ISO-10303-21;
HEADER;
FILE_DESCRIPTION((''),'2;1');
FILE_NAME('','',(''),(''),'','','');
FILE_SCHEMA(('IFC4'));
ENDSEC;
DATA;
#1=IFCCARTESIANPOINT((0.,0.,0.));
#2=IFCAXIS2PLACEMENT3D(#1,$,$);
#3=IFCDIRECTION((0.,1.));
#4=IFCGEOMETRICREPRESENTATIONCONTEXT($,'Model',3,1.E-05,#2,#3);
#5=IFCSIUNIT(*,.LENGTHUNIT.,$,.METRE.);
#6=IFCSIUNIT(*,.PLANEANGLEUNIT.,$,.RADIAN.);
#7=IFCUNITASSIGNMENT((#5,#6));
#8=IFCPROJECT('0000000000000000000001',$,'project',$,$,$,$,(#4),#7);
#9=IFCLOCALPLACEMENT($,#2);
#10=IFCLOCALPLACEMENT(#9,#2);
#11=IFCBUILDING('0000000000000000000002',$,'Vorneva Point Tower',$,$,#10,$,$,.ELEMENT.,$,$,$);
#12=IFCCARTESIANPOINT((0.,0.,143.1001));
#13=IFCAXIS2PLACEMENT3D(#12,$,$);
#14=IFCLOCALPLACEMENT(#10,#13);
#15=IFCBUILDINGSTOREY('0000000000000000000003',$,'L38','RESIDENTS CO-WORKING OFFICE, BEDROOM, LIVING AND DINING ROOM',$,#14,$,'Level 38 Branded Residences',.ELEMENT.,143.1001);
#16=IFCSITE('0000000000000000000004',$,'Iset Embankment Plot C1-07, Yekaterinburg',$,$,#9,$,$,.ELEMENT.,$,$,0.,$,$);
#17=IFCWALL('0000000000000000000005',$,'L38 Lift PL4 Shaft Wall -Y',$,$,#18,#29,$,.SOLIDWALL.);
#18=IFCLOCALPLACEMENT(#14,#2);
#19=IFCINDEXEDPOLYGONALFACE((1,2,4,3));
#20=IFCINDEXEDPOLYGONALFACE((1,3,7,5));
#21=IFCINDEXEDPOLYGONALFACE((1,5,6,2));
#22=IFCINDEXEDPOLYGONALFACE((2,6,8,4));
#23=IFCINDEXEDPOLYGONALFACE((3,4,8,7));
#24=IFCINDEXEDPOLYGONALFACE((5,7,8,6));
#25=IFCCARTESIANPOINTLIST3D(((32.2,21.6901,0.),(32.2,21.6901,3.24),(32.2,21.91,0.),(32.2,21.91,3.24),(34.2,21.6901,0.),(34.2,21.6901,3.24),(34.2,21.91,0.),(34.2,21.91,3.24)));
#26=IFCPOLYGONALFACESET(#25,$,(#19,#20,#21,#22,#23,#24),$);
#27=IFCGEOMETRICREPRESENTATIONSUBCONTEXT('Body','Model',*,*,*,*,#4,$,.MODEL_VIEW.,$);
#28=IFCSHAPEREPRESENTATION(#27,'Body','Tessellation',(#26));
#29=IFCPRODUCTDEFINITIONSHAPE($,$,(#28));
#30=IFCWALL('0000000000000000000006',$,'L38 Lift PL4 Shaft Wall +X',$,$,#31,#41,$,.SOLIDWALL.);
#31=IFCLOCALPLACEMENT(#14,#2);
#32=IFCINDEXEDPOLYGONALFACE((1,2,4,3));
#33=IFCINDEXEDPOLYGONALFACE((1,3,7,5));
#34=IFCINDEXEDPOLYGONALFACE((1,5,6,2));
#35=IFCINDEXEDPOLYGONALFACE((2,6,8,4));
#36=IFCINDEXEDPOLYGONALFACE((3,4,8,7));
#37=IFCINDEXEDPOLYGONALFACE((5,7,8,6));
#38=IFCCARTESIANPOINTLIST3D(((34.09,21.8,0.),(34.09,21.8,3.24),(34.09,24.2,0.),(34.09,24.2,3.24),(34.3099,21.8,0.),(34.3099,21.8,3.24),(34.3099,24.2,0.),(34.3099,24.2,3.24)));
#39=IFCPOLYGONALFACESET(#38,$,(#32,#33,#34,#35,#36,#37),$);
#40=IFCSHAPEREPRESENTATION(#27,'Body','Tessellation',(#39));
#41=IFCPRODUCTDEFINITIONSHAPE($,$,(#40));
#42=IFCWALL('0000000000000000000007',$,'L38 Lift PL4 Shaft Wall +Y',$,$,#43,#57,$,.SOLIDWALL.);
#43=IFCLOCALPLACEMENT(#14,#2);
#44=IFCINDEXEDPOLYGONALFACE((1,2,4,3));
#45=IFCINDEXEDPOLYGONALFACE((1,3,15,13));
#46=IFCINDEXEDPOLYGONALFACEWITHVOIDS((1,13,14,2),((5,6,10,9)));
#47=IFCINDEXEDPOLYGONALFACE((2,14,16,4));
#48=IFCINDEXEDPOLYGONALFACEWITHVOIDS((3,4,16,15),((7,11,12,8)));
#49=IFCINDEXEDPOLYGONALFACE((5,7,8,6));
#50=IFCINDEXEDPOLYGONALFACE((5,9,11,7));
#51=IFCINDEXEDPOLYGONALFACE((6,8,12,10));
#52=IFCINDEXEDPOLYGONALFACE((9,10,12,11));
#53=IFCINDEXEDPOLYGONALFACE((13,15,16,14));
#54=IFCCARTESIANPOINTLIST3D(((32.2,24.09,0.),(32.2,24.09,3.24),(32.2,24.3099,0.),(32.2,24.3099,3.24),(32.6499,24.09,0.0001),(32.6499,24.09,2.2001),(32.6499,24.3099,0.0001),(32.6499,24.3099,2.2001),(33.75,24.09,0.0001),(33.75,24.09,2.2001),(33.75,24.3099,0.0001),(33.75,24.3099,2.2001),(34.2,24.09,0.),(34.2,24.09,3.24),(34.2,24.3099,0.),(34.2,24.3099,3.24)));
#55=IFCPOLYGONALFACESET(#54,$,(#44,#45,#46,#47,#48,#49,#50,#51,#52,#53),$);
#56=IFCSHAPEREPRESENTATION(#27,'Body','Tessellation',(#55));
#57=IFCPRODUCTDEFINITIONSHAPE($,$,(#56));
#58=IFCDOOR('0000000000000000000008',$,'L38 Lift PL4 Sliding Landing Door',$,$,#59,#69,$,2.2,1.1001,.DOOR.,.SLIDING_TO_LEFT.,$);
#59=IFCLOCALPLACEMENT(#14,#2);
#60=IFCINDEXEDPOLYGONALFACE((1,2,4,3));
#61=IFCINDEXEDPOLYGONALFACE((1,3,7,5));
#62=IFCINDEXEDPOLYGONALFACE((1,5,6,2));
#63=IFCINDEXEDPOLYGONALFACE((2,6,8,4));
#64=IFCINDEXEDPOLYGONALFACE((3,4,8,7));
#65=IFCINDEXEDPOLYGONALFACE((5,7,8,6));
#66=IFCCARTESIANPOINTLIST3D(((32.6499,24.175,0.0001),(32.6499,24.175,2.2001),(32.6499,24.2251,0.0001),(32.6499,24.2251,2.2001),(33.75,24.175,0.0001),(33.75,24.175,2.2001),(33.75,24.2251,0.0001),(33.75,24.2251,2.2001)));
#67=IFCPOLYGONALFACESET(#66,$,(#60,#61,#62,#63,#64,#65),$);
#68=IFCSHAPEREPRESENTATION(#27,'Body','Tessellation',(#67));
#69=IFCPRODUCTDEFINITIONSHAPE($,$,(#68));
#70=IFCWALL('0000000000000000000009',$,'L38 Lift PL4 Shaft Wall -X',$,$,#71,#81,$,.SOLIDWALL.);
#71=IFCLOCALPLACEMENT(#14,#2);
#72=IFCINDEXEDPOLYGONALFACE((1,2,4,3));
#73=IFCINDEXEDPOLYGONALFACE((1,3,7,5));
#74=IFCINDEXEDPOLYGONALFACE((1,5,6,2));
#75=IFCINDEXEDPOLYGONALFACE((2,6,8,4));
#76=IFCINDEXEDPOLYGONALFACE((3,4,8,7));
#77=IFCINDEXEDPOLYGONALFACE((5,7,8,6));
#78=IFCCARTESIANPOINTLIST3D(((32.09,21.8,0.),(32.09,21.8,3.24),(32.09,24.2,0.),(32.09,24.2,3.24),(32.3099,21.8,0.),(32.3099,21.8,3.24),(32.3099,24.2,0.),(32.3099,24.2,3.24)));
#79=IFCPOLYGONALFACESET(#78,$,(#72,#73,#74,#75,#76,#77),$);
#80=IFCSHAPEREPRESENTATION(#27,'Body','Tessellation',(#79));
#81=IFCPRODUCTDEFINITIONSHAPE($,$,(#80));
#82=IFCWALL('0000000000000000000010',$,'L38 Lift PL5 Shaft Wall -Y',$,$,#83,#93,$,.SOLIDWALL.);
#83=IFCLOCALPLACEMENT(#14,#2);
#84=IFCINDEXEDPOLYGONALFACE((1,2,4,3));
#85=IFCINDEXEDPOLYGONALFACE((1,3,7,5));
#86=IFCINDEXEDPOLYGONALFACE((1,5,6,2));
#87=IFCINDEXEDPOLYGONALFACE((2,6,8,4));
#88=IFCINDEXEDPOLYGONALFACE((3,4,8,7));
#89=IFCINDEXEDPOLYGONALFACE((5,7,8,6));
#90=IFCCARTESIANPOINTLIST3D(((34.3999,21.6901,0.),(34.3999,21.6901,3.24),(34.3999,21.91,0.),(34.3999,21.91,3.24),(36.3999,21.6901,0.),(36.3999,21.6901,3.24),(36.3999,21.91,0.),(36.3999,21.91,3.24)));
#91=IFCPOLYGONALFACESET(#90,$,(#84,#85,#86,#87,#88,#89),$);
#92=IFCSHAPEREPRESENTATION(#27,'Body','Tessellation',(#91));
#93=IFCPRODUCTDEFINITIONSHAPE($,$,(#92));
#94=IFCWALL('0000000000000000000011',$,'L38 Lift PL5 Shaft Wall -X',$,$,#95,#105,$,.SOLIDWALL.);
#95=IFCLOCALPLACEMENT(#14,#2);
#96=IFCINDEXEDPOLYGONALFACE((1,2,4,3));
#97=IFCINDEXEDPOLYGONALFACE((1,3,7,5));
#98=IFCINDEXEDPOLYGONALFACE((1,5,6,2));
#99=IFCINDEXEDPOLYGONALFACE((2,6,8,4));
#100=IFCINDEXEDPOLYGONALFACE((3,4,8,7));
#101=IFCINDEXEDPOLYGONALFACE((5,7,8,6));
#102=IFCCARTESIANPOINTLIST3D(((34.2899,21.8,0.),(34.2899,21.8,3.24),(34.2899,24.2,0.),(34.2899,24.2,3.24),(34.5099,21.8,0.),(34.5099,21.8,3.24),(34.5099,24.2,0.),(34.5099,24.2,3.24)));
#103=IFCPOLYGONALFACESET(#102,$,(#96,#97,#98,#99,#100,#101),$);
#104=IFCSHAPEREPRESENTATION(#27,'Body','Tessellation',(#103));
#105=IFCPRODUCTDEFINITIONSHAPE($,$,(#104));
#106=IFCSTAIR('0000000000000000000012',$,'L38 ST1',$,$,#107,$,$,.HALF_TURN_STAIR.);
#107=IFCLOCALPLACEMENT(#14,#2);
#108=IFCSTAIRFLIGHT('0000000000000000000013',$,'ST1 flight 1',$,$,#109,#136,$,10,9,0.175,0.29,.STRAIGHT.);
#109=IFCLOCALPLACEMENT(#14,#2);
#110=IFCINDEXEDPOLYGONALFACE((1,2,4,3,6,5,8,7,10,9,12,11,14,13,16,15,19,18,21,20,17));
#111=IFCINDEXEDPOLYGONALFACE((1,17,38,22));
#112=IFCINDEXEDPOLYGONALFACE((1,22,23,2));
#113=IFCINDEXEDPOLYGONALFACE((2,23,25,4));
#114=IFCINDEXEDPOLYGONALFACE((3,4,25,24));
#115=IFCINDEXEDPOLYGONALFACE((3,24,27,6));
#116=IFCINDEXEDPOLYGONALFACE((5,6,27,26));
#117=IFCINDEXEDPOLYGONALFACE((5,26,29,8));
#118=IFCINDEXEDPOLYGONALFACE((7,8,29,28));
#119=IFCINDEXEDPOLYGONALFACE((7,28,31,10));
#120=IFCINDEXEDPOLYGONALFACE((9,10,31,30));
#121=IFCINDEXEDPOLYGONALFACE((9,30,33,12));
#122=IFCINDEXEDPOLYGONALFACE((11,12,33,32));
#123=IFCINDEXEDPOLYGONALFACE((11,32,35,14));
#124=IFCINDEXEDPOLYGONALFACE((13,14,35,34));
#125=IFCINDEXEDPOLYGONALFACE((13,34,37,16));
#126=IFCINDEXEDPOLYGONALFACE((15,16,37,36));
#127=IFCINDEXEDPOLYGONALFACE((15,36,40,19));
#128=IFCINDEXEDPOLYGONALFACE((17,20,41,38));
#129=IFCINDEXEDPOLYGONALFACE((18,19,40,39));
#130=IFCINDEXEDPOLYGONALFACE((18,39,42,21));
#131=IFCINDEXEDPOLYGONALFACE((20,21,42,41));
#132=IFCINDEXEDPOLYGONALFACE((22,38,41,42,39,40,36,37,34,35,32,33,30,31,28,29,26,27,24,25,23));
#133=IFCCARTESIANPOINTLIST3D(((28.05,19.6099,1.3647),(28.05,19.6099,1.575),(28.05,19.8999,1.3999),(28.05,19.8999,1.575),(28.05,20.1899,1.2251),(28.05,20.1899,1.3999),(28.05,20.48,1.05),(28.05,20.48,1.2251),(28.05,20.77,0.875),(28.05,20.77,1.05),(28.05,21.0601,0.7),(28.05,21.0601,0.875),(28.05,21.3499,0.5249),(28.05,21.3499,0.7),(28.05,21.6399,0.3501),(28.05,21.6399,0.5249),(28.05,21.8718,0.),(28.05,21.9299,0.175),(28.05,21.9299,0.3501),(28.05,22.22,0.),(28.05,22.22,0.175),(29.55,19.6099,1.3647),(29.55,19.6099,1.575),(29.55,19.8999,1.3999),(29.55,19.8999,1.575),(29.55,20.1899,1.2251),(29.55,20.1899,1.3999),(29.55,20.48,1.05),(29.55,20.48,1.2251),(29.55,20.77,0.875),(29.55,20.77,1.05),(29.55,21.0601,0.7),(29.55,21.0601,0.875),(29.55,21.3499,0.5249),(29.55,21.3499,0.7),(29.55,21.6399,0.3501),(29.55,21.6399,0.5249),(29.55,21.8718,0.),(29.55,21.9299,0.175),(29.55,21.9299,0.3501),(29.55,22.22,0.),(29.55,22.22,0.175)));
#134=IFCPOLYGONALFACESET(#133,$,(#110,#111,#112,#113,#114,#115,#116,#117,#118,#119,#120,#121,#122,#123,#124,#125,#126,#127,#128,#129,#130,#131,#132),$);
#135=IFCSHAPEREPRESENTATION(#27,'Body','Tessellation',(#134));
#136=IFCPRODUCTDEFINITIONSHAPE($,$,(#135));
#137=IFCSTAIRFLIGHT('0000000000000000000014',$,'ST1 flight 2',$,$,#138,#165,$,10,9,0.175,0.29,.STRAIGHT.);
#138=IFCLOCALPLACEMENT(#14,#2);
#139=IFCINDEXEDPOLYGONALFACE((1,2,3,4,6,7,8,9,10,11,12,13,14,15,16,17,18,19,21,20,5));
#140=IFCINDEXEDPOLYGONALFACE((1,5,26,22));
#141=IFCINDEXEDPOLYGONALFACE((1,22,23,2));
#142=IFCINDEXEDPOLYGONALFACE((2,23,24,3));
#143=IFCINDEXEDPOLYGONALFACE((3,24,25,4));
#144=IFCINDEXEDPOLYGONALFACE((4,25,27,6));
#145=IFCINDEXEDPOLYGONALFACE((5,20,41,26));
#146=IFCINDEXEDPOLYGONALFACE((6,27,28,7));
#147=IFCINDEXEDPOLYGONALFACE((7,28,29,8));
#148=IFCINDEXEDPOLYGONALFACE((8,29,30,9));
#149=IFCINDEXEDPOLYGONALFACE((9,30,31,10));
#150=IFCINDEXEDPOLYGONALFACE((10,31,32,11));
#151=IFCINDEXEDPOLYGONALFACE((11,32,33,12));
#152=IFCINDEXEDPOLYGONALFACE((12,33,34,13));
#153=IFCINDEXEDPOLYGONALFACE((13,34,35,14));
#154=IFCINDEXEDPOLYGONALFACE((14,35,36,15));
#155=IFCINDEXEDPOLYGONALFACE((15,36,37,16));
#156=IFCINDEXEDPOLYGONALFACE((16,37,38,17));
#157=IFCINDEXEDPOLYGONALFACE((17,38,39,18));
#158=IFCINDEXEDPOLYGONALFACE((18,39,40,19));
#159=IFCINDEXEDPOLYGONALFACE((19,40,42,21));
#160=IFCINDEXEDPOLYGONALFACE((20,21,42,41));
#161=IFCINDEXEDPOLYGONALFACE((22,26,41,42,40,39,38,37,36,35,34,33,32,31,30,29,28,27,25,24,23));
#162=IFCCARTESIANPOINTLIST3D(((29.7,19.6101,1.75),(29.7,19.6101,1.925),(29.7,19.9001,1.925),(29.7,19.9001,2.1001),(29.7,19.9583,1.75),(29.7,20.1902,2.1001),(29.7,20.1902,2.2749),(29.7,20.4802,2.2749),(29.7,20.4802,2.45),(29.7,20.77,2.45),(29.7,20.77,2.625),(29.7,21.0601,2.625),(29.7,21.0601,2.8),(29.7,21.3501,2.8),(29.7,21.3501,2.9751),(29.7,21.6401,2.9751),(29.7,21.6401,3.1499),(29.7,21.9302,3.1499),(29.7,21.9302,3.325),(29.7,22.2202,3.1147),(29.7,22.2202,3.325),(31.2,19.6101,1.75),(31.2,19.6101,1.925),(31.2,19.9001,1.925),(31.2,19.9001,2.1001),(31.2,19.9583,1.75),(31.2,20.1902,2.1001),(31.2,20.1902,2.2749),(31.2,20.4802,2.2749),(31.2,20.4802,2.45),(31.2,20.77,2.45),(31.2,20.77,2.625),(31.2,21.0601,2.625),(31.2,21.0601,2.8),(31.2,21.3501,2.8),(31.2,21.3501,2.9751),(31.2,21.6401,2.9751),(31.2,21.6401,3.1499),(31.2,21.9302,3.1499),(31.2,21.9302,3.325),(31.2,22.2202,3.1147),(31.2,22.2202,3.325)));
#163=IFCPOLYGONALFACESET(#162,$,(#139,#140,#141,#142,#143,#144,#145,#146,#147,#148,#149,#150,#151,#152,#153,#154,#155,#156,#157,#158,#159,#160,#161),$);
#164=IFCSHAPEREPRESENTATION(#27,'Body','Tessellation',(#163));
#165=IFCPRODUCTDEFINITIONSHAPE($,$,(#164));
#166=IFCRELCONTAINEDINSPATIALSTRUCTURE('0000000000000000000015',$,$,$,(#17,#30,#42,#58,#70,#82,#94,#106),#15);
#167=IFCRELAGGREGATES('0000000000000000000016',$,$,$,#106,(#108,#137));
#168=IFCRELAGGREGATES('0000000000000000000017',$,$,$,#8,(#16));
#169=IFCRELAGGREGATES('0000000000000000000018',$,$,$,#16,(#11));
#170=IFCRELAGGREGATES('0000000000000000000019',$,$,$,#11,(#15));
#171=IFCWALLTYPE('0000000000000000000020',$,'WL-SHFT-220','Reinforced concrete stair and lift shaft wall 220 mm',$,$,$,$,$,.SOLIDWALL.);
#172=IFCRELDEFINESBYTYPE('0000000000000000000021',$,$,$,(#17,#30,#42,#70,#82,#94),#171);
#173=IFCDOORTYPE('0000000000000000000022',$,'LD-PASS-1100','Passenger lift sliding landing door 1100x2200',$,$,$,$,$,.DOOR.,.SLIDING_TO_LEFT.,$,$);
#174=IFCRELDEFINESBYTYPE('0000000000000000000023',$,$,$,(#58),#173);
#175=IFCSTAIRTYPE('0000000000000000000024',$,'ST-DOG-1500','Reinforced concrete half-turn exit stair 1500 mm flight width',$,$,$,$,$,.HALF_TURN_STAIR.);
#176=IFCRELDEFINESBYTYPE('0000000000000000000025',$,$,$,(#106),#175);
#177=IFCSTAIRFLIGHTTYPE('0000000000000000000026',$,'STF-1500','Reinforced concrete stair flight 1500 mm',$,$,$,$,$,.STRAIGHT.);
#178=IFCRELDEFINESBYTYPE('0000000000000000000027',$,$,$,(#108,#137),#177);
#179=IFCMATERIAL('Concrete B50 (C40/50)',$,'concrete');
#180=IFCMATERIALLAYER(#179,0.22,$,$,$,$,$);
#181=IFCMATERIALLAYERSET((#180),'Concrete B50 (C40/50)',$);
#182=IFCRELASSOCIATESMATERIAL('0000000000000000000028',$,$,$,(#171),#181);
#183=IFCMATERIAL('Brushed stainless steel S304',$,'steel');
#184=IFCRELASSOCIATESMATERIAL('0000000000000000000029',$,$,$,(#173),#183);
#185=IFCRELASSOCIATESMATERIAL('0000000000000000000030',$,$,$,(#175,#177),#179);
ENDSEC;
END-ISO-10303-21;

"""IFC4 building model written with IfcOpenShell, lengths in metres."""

from ifc_helpers import new_model, si_unit, direction, frame, frame_2d, origin, place, context, subcontext, project, spatial, polyline, rectangle, outline, extrude, material, layer, layer_set, type_object, element, fill, aggregate, save


model = new_model("IFC4")

# Units and contexts
model_context = context("Model", 3, precision=1e-05, world=origin(), true_north=direction((0.0, 1.0)))
body_context = subcontext(model_context, "Body", "Model", "MODEL_VIEW")
ifc_project = project(units=[si_unit("LENGTHUNIT", "METRE"), si_unit("PLANEANGLEUNIT", "RADIAN")], contexts=[model_context])

# Site, building, storey
site_placement = place(None, origin())
site = spatial("IfcSite", under=ifc_project, at=site_placement, Name="Iset Embankment Plot C1-07, Yekaterinburg", CompositionType="ELEMENT", RefElevation=0.0)
building_placement = place(site_placement, origin())
building = spatial("IfcBuilding", under=site, at=building_placement, Name="Vorneva Point Tower", CompositionType="ELEMENT")
storey_placement = place(building_placement, frame((0.0, 0.0, 143.1001)))
storey = spatial("IfcBuildingStorey", under=building, at=storey_placement, Name="L38", Description="RESIDENTS CO-WORKING OFFICE, BEDROOM, LIVING AND DINING ROOM", LongName="Level 38 Branded Residences", CompositionType="ELEMENT", Elevation=143.1001)

# Shared definitions
ifc_material_1 = material(Name="Concrete B50 (C40/50)", Category="concrete")
ifc_layer_1 = layer(ifc_material_1, 0.22)
ifc_layer_set_1 = layer_set([ifc_layer_1], Name="Concrete B50 (C40/50)")
wall_type_1 = type_object("IfcWallType", Name="WL-SHFT-220", Description="Reinforced concrete stair and lift shaft wall 220 mm", PredefinedType="SOLIDWALL", material=ifc_layer_set_1)

# Walls
wall_1_placement = place(storey_placement, frame((32.2, 21.8, 0.0), z_axis=(0.0, 0.0, 1.0), x_axis=(1.0, 0.0, 0.0)))
element("IfcWall", 1, at=wall_1_placement, inside=storey, type_object=wall_type_1, Name="L38 Lift PL4 Shaft Wall -Y", PredefinedType="SOLIDWALL", context=body_context, shape_type="SweptSolid", body=[
    extrude(rectangle(XDim=2.0, YDim=0.22, at=frame_2d((1.0, 0.0))), origin(), (0.0, 0.0, 1.0), 3.24),
])
wall_2_placement = place(storey_placement, frame((34.2, 21.8, 0.0), z_axis=(0.0, 0.0, 1.0), x_axis=(0.0, 1.0, 0.0)))
element("IfcWall", 2, at=wall_2_placement, inside=storey, type_object=wall_type_1, Name="L38 Lift PL4 Shaft Wall +X", PredefinedType="SOLIDWALL", context=body_context, shape_type="SweptSolid", body=[
    extrude(rectangle(XDim=2.3999, YDim=0.22, at=frame_2d((1.2, 0.0))), origin(), (0.0, 0.0, 1.0), 3.24),
])

# Wall, opening, door
wall_3_placement = place(storey_placement, frame((34.2, 24.2, 0.0), z_axis=(0.0, 0.0, 1.0), x_axis=(-1.0, 0.0, 0.0)))
wall_3 = element("IfcWall", 3, at=wall_3_placement, inside=storey, type_object=wall_type_1, Name="L38 Lift PL4 Shaft Wall +Y", PredefinedType="SOLIDWALL", context=body_context, shape_type="SweptSolid", body=[
    extrude(rectangle(XDim=2.0, YDim=0.22, at=frame_2d((1.0, 0.0))), origin(), (0.0, 0.0, 1.0), 3.24),
])
opening_1_placement = place(wall_3_placement, frame((0.45, 0.0, 0.0)))
opening_1 = element("IfcOpeningElement", 4, at=opening_1_placement, cuts=wall_3, PredefinedType="OPENING", context=body_context, shape_type="SweptSolid", body=[
    extrude(rectangle(XDim=1.1001, YDim=2.2, at=frame_2d((0.55, 1.1001))), frame((0.0, 0.125, 0.0), z_axis=(0.0, -1.0, 0.0), x_axis=(1.0, 0.0, 0.0)), (0.0, 0.0, 1.0), 0.2498),
])
ifc_material_2 = material(Name="Brushed stainless steel S304", Category="steel")
door_type_1 = type_object("IfcDoorType", Name="LD-PASS-1100", Description="Passenger lift sliding landing door 1100x2200", OperationType="SLIDING_TO_LEFT", PredefinedType="DOOR", material=ifc_material_2)
door_1_placement = place(opening_1_placement, origin())
door_1 = element("IfcDoor", 5, at=door_1_placement, inside=storey, type_object=door_type_1, Name="L38 Lift PL4 Sliding Landing Door", OperationType="SLIDING_TO_LEFT", OverallHeight=2.2, OverallWidth=1.1001, PredefinedType="DOOR", context=body_context, shape_type="SweptSolid", body=[
    extrude(rectangle(XDim=1.1001, YDim=2.2, at=frame_2d((0.55, 1.1001))), frame((0.0, 0.0249, 0.0), z_axis=(0.0, -1.0, 0.0), x_axis=(1.0, 0.0, 0.0)), (0.0, 0.0, 1.0), 0.05),
])
fill(opening_1, door_1)

# Walls
wall_4_placement = place(storey_placement, frame((32.2, 24.2, 0.0), z_axis=(0.0, 0.0, 1.0), x_axis=(0.0, -1.0, 0.0)))
element("IfcWall", 6, at=wall_4_placement, inside=storey, type_object=wall_type_1, Name="L38 Lift PL4 Shaft Wall -X", PredefinedType="SOLIDWALL", context=body_context, shape_type="SweptSolid", body=[
    extrude(rectangle(XDim=2.3999, YDim=0.22, at=frame_2d((1.2, 0.0))), origin(), (0.0, 0.0, 1.0), 3.24),
])
wall_5_placement = place(storey_placement, frame((34.3999, 21.8, 0.0), z_axis=(0.0, 0.0, 1.0), x_axis=(1.0, 0.0, 0.0)))
element("IfcWall", 7, at=wall_5_placement, inside=storey, type_object=wall_type_1, Name="L38 Lift PL5 Shaft Wall -Y", PredefinedType="SOLIDWALL", context=body_context, shape_type="SweptSolid", body=[
    extrude(rectangle(XDim=2.0, YDim=0.22, at=frame_2d((1.0, 0.0))), origin(), (0.0, 0.0, 1.0), 3.24),
])
wall_6_placement = place(storey_placement, frame((34.3999, 24.2, 0.0), z_axis=(0.0, 0.0, 1.0), x_axis=(0.0, -1.0, 0.0)))
element("IfcWall", 8, at=wall_6_placement, inside=storey, type_object=wall_type_1, Name="L38 Lift PL5 Shaft Wall -X", PredefinedType="SOLIDWALL", context=body_context, shape_type="SweptSolid", body=[
    extrude(rectangle(XDim=2.3999, YDim=0.22, at=frame_2d((1.2, 0.0))), origin(), (0.0, 0.0, 1.0), 3.24),
])

# Stair, stair flights
stair_type = type_object("IfcStairType", Name="ST-DOG-1500", Description="Reinforced concrete half-turn exit stair 1500 mm flight width", PredefinedType="HALF_TURN_STAIR", material=ifc_material_1)
stair_placement = place(storey_placement, origin())
stair = element("IfcStair", 9, at=stair_placement, inside=storey, type_object=stair_type, Name="L38 ST1", PredefinedType="HALF_TURN_STAIR")
stair_flight_type = type_object("IfcStairFlightType", Name="STF-1500", Description="Reinforced concrete stair flight 1500 mm", PredefinedType="STRAIGHT", material=ifc_material_1)
stair_flight_1_placement = place(storey_placement, frame((28.8, 22.22, 0.0), z_axis=(0.0, 0.0, 1.0), x_axis=(0.0, -1.0, 0.0)))
stair_flight_1 = element("IfcStairFlight", 10, at=stair_flight_1_placement, type_object=stair_flight_type, Name="ST1 flight 1", NumberOfRisers=10, NumberOfTreads=9, PredefinedType="STRAIGHT", RiserHeight=0.175, TreadLength=0.29, context=body_context, shape_type="SweptSolid", body=[
    extrude(outline(polyline([(0.0, 0.0), (0.0, 0.175), (0.29, 0.175), (0.29, 0.3501), (0.5801, 0.3501), (0.5801, 0.5249), (0.8701, 0.5249), (0.8701, 0.7), (1.1599, 0.7), (1.1599, 0.875), (1.45, 0.875), (1.45, 1.05), (1.74, 1.05), (1.74, 1.2251), (2.03, 1.2251), (2.03, 1.3999), (2.3201, 1.3999), (2.3201, 1.575), (2.6101, 1.575), (2.6101, 1.75), (2.6101, 1.3647), (0.3481, 0.0), (0.0, 0.0)])), frame((0.0, 0.75, 0.0), z_axis=(0.0, -1.0, 0.0), x_axis=(1.0, 0.0, 0.0)), (0.0, 0.0, 1.0), 1.5),
])
stair_flight_2_placement = place(storey_placement, frame((30.45, 19.6101, 1.75), z_axis=(0.0, 0.0, 1.0), x_axis=(0.0, 1.0, 0.0)))
stair_flight_2 = element("IfcStairFlight", 11, at=stair_flight_2_placement, type_object=stair_flight_type, Name="ST1 flight 2", NumberOfRisers=10, NumberOfTreads=9, PredefinedType="STRAIGHT", RiserHeight=0.175, TreadLength=0.29, context=body_context, shape_type="SweptSolid", body=[
    extrude(outline(polyline([(0.0, 0.0), (0.0, 0.175), (0.29, 0.175), (0.29, 0.3501), (0.5801, 0.3501), (0.5801, 0.5249), (0.8701, 0.5249), (0.8701, 0.7), (1.1599, 0.7), (1.1599, 0.875), (1.45, 0.875), (1.45, 1.05), (1.74, 1.05), (1.74, 1.2251), (2.03, 1.2251), (2.03, 1.3999), (2.3201, 1.3999), (2.3201, 1.575), (2.6101, 1.575), (2.6101, 1.75), (2.6101, 1.3647), (0.3481, 0.0), (0.0, 0.0)])), frame((0.0, 0.75, 0.0), z_axis=(0.0, -1.0, 0.0), x_axis=(1.0, 0.0, 0.0)), (0.0, 0.0, 1.0), 1.5),
])
aggregate(stair, [stair_flight_1, stair_flight_2])

save(model, "model.ifc")
